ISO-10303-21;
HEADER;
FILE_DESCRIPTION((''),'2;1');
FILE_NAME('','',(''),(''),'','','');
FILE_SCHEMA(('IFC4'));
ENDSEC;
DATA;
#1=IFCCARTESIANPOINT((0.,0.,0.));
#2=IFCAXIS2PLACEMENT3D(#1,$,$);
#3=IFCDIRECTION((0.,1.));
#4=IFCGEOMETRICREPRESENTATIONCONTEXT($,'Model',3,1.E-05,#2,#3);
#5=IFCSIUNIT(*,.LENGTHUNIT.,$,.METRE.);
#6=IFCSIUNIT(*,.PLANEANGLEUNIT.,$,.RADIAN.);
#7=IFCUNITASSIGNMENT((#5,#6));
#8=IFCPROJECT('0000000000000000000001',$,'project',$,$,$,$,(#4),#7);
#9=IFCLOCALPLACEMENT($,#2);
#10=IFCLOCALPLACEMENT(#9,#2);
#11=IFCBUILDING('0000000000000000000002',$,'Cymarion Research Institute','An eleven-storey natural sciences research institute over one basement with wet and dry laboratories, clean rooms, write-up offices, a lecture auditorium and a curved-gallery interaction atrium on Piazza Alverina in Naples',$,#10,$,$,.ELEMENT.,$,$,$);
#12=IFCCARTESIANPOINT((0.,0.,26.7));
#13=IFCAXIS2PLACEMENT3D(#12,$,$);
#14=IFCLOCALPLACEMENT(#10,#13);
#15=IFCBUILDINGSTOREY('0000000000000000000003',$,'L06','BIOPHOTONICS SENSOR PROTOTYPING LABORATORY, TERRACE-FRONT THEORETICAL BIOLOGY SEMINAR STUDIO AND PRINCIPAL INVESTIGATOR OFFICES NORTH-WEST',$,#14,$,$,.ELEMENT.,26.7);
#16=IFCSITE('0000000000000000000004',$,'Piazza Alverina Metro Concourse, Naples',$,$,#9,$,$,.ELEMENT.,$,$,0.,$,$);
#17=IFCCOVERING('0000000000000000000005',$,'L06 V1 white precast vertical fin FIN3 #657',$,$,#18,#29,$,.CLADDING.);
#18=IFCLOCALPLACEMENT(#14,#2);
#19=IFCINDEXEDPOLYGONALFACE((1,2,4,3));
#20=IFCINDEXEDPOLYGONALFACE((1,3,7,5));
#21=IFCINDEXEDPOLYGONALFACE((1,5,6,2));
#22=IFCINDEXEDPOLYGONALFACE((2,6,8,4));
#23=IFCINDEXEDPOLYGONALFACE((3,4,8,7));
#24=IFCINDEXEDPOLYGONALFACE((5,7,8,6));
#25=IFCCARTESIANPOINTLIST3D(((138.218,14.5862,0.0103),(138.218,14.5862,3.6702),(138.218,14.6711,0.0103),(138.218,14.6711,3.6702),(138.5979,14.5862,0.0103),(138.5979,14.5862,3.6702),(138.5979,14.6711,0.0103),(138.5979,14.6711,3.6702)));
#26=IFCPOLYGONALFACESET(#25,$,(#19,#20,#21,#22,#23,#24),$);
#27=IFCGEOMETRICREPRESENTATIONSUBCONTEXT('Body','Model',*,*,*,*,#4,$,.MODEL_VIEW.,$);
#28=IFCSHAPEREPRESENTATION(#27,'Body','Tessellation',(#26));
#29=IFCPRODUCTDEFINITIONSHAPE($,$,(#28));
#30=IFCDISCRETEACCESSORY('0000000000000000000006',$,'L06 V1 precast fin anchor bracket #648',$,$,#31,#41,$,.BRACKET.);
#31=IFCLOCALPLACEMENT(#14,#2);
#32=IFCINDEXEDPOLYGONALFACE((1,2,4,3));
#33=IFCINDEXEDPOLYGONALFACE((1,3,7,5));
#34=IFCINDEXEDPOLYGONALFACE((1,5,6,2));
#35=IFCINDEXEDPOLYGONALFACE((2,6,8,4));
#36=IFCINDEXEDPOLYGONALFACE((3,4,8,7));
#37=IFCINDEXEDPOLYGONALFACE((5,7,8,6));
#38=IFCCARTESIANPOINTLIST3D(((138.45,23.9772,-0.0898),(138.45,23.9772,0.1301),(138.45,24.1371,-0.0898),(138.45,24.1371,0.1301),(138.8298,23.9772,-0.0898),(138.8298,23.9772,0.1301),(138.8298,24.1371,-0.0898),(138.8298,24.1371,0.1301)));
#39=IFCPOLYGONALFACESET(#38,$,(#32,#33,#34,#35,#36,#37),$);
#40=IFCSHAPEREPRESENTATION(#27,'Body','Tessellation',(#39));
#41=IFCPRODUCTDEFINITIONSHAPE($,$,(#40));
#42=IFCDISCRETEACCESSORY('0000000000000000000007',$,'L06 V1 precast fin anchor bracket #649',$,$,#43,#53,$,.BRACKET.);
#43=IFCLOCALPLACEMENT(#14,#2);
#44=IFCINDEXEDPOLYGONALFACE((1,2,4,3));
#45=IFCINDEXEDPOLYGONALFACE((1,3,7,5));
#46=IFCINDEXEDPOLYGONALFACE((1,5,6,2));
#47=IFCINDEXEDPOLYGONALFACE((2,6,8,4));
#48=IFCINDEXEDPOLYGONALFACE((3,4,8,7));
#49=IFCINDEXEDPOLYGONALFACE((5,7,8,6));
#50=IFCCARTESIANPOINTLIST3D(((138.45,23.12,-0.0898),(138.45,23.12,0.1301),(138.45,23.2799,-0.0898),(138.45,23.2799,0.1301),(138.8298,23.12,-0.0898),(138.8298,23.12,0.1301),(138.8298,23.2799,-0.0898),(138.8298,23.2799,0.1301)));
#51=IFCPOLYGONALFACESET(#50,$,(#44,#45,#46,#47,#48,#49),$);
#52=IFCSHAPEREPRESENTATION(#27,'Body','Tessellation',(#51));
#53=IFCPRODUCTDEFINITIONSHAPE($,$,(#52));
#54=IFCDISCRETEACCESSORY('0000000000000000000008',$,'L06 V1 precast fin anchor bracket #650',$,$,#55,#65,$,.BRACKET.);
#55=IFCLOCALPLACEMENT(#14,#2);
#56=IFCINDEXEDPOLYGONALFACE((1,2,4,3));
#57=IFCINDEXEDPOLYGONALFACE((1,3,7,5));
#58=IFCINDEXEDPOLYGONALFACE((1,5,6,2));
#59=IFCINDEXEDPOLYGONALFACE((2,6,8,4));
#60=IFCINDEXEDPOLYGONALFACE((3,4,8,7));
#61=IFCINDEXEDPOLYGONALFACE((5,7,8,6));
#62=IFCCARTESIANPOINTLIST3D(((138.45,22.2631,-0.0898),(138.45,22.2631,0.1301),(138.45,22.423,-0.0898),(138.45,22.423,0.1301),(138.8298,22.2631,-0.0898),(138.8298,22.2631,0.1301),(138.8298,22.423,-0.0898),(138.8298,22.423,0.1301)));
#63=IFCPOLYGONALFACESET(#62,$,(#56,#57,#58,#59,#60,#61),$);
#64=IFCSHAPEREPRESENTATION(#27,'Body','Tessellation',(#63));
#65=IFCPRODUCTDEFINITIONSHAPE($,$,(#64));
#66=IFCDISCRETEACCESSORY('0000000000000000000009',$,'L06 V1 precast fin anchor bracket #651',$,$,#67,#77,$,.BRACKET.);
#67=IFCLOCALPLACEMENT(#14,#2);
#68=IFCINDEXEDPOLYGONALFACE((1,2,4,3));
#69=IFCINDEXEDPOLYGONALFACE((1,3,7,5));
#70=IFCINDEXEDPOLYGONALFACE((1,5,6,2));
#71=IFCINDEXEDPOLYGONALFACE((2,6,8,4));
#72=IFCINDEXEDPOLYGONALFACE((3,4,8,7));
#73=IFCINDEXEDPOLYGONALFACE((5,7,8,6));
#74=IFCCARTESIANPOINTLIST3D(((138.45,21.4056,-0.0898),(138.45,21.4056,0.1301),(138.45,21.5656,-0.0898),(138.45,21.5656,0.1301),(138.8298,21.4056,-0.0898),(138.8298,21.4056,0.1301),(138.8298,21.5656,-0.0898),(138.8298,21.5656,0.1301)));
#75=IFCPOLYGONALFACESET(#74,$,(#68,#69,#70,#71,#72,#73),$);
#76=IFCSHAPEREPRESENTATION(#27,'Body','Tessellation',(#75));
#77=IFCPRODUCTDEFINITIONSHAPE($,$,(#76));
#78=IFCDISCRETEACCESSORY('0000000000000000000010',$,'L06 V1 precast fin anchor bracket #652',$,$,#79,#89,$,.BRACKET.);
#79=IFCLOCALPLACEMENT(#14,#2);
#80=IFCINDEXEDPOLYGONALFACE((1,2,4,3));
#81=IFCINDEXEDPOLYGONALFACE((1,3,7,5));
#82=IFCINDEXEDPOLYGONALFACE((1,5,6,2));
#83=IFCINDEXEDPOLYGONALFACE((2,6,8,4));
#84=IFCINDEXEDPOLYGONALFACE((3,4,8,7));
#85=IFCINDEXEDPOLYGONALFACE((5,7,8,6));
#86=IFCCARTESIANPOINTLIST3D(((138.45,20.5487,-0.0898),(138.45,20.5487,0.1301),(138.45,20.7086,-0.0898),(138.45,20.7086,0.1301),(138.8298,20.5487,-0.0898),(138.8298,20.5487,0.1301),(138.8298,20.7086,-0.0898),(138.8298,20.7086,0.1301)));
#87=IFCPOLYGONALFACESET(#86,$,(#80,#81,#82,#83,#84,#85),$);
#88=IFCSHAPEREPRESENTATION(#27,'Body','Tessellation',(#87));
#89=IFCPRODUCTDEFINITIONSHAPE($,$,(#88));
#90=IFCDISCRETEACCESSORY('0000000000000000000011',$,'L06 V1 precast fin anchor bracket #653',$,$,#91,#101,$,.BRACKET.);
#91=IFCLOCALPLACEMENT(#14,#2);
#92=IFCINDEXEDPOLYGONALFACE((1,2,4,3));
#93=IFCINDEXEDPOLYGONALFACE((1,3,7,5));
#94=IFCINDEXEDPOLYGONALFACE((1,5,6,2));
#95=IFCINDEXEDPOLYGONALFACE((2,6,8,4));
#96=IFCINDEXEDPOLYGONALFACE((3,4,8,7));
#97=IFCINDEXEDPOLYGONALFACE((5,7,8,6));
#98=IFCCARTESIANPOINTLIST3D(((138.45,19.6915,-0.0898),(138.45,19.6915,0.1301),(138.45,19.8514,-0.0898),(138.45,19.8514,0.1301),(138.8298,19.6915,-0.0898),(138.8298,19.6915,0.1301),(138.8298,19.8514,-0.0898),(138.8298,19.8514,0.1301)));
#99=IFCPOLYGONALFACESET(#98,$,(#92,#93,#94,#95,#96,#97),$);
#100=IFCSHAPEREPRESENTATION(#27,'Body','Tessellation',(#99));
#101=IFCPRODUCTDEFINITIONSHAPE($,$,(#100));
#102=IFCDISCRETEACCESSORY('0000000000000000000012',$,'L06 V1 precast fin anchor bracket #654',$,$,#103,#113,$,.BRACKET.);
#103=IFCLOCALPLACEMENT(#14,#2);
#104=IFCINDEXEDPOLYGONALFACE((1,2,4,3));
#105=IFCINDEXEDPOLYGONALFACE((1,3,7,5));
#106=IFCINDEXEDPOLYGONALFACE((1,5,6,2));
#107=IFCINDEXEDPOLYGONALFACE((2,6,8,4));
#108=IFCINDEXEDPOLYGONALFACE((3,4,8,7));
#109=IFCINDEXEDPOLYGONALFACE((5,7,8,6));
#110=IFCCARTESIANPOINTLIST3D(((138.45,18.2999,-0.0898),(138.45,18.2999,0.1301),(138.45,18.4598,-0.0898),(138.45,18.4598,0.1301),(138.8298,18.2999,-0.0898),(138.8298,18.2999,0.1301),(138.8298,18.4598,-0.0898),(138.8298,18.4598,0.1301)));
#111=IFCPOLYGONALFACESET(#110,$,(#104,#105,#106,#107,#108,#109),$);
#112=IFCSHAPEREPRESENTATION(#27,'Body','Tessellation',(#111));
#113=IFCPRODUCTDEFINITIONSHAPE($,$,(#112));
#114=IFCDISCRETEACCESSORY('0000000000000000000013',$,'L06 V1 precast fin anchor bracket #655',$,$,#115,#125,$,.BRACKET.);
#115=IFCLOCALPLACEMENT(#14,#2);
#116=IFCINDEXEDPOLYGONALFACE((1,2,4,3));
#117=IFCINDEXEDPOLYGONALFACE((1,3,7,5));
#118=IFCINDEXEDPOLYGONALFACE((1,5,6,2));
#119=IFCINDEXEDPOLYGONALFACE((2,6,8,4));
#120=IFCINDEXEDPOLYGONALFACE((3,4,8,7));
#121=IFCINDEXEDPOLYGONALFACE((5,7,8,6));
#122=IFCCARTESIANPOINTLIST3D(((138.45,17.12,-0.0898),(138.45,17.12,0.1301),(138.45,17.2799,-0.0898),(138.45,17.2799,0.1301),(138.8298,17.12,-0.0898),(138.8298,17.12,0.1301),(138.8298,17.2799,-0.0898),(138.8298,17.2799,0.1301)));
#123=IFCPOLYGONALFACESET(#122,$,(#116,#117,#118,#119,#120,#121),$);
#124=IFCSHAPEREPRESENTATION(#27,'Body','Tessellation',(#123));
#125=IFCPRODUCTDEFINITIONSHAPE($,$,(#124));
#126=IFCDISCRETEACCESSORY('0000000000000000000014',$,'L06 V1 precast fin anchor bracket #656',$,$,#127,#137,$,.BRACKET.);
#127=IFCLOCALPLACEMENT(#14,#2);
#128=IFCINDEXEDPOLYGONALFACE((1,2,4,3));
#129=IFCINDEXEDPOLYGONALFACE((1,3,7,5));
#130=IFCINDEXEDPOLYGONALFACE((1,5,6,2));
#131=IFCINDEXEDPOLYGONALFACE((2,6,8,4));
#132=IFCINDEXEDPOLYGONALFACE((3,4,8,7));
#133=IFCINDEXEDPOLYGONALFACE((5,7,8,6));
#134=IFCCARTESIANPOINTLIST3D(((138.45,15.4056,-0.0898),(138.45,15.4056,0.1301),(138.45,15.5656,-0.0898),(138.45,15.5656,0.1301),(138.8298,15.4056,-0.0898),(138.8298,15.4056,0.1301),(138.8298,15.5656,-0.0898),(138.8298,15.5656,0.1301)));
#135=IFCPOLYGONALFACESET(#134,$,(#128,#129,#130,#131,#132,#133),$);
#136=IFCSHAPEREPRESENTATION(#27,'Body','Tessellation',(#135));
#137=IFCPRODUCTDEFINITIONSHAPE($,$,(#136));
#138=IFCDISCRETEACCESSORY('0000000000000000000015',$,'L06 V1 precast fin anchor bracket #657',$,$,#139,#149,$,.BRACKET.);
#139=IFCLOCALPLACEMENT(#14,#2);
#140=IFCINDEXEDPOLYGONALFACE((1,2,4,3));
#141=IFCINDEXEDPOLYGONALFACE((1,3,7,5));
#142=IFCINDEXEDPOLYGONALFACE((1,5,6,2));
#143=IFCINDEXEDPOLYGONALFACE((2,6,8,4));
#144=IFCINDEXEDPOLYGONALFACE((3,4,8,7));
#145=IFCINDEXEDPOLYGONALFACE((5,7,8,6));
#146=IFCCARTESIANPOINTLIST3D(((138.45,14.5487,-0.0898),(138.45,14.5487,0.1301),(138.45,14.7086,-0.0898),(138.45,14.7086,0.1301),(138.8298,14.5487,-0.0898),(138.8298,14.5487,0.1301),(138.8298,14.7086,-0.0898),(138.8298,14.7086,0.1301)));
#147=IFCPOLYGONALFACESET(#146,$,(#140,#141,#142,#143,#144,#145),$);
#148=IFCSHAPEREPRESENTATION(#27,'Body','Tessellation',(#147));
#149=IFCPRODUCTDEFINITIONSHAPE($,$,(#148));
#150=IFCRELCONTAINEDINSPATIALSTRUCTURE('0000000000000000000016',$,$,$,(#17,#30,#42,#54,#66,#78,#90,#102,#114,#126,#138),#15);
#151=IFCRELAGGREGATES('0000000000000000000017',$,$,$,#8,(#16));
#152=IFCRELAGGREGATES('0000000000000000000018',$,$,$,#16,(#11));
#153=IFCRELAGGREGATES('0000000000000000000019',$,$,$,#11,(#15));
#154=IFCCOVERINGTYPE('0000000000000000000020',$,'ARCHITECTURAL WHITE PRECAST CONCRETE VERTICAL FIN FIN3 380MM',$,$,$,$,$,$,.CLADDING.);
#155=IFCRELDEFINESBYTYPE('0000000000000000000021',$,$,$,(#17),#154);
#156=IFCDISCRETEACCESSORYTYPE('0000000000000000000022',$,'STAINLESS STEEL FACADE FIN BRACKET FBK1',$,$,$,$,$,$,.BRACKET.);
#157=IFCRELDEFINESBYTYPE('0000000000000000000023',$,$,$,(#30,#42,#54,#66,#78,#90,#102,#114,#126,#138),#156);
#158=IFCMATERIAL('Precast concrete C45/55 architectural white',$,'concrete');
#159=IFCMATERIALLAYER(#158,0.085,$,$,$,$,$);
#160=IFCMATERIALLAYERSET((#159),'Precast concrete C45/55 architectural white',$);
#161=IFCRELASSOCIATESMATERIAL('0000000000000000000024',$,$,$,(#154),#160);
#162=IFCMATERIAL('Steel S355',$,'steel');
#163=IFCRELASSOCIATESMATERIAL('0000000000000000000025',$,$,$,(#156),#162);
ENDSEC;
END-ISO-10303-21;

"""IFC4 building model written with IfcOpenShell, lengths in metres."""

from ifc_helpers import new_model, si_unit, direction, frame, origin, origin_2d, place, context, subcontext, project, spatial, rectangle, extrude, material, layer, layer_set, type_object, element, save


model = new_model("IFC4")

# Units and contexts
model_context = context("Model", 3, precision=1e-05, world=origin(), true_north=direction((0.0, 1.0)))
body_context = subcontext(model_context, "Body", "Model", "MODEL_VIEW")
ifc_project = project(units=[si_unit("LENGTHUNIT", "METRE"), si_unit("PLANEANGLEUNIT", "RADIAN")], contexts=[model_context])

# Site, building, storey
site_placement = place(None, origin())
site = spatial("IfcSite", under=ifc_project, at=site_placement, Name="Piazza Alverina Metro Concourse, Naples", CompositionType="ELEMENT", RefElevation=0.0)
building_placement = place(site_placement, origin())
building = spatial("IfcBuilding", under=site, at=building_placement, Name="Cymarion Research Institute", Description="An eleven-storey natural sciences research institute over one basement with wet and dry laboratories, clean rooms, write-up offices, a lecture auditorium and a curved-gallery interaction atrium on Piazza Alverina in Naples", CompositionType="ELEMENT")
storey_placement = place(building_placement, frame((0.0, 0.0, 26.7)))
storey = spatial("IfcBuildingStorey", under=building, at=storey_placement, Name="L06", Description="BIOPHOTONICS SENSOR PROTOTYPING LABORATORY, TERRACE-FRONT THEORETICAL BIOLOGY SEMINAR STUDIO AND PRINCIPAL INVESTIGATOR OFFICES NORTH-WEST", CompositionType="ELEMENT", Elevation=26.7)

# Shared definitions
ifc_material_1 = material(Name="Steel S355", Category="steel")

# Covering
ifc_material_2 = material(Name="Precast concrete C45/55 architectural white", Category="concrete")
ifc_layer_1 = layer(ifc_material_2, 0.085)
ifc_layer_set_1 = layer_set([ifc_layer_1], Name="Precast concrete C45/55 architectural white")
covering_type = type_object("IfcCoveringType", Name="ARCHITECTURAL WHITE PRECAST CONCRETE VERTICAL FIN FIN3 380MM", PredefinedType="CLADDING", material=ifc_layer_set_1)
covering_placement = place(storey_placement, frame((138.408, 14.6287, 0.0103), z_axis=(0.0, 0.0, 1.0), x_axis=(-1.0, 0.0, 0.0)))
element("IfcCovering", 1, at=covering_placement, inside=storey, type_object=covering_type, Name="L06 V1 white precast vertical fin FIN3 #657", PredefinedType="CLADDING", context=body_context, shape_type="SweptSolid", body=[
    extrude(rectangle(XDim=0.3799, YDim=0.085, at=origin_2d()), origin(), (0.0, 0.0, 1.0), 3.6599),
])

# Discrete accessories
discrete_accessory_type = type_object("IfcDiscreteAccessoryType", Name="STAINLESS STEEL FACADE FIN BRACKET FBK1", PredefinedType="BRACKET", material=ifc_material_1)
for number, where, z_axis, x_axis, name in (
    (2, (138.6399, 24.0571, -0.0898), (0.0, 0.0, 1.0), (-1.0, 0.0, 0.0), "L06 V1 precast fin anchor bracket #648"),
    (3, (138.6399, 23.2, -0.0898), (0.0, 0.0, 1.0), (-1.0, 0.0, 0.0), "L06 V1 precast fin anchor bracket #649"),
    (4, (138.6399, 22.343, -0.0898), (0.0, 0.0, 1.0), (-1.0, 0.0, 0.0), "L06 V1 precast fin anchor bracket #650"),
    (5, (138.6399, 21.4856, -0.0898), (0.0, 0.0, 1.0), (-1.0, 0.0, 0.0), "L06 V1 precast fin anchor bracket #651"),
    (6, (138.6399, 20.6287, -0.0898), (0.0, 0.0, 1.0), (-1.0, 0.0, 0.0), "L06 V1 precast fin anchor bracket #652"),
    (7, (138.6399, 19.7715, -0.0898), (0.0, 0.0, 1.0), (-1.0, 0.0, 0.0), "L06 V1 precast fin anchor bracket #653"),
    (8, (138.6399, 18.3799, -0.0898), (0.0, 0.0, 1.0), (-1.0, 0.0, 0.0), "L06 V1 precast fin anchor bracket #654"),
    (9, (138.6399, 17.2, -0.0898), (0.0, 0.0, 1.0), (-1.0, 0.0, 0.0), "L06 V1 precast fin anchor bracket #655"),
    (10, (138.6399, 15.4856, -0.0898), (0.0, 0.0, 1.0), (-1.0, 0.0, 0.0), "L06 V1 precast fin anchor bracket #656"),
    (11, (138.6399, 14.6287, -0.0898), (0.0, 0.0, 1.0), (-1.0, 0.0, 0.0), "L06 V1 precast fin anchor bracket #657"),
):
    element("IfcDiscreteAccessory", number, at=place(storey_placement, frame(where, z_axis=z_axis, x_axis=x_axis)), inside=storey, type_object=discrete_accessory_type, Name=name, PredefinedType="BRACKET", context=body_context, shape_type="SweptSolid", body=[
        extrude(rectangle(XDim=0.3799, YDim=0.1599, at=origin_2d()), origin(), (0.0, 0.0, 1.0), 0.22),
    ])

save(model, "model.ifc")
